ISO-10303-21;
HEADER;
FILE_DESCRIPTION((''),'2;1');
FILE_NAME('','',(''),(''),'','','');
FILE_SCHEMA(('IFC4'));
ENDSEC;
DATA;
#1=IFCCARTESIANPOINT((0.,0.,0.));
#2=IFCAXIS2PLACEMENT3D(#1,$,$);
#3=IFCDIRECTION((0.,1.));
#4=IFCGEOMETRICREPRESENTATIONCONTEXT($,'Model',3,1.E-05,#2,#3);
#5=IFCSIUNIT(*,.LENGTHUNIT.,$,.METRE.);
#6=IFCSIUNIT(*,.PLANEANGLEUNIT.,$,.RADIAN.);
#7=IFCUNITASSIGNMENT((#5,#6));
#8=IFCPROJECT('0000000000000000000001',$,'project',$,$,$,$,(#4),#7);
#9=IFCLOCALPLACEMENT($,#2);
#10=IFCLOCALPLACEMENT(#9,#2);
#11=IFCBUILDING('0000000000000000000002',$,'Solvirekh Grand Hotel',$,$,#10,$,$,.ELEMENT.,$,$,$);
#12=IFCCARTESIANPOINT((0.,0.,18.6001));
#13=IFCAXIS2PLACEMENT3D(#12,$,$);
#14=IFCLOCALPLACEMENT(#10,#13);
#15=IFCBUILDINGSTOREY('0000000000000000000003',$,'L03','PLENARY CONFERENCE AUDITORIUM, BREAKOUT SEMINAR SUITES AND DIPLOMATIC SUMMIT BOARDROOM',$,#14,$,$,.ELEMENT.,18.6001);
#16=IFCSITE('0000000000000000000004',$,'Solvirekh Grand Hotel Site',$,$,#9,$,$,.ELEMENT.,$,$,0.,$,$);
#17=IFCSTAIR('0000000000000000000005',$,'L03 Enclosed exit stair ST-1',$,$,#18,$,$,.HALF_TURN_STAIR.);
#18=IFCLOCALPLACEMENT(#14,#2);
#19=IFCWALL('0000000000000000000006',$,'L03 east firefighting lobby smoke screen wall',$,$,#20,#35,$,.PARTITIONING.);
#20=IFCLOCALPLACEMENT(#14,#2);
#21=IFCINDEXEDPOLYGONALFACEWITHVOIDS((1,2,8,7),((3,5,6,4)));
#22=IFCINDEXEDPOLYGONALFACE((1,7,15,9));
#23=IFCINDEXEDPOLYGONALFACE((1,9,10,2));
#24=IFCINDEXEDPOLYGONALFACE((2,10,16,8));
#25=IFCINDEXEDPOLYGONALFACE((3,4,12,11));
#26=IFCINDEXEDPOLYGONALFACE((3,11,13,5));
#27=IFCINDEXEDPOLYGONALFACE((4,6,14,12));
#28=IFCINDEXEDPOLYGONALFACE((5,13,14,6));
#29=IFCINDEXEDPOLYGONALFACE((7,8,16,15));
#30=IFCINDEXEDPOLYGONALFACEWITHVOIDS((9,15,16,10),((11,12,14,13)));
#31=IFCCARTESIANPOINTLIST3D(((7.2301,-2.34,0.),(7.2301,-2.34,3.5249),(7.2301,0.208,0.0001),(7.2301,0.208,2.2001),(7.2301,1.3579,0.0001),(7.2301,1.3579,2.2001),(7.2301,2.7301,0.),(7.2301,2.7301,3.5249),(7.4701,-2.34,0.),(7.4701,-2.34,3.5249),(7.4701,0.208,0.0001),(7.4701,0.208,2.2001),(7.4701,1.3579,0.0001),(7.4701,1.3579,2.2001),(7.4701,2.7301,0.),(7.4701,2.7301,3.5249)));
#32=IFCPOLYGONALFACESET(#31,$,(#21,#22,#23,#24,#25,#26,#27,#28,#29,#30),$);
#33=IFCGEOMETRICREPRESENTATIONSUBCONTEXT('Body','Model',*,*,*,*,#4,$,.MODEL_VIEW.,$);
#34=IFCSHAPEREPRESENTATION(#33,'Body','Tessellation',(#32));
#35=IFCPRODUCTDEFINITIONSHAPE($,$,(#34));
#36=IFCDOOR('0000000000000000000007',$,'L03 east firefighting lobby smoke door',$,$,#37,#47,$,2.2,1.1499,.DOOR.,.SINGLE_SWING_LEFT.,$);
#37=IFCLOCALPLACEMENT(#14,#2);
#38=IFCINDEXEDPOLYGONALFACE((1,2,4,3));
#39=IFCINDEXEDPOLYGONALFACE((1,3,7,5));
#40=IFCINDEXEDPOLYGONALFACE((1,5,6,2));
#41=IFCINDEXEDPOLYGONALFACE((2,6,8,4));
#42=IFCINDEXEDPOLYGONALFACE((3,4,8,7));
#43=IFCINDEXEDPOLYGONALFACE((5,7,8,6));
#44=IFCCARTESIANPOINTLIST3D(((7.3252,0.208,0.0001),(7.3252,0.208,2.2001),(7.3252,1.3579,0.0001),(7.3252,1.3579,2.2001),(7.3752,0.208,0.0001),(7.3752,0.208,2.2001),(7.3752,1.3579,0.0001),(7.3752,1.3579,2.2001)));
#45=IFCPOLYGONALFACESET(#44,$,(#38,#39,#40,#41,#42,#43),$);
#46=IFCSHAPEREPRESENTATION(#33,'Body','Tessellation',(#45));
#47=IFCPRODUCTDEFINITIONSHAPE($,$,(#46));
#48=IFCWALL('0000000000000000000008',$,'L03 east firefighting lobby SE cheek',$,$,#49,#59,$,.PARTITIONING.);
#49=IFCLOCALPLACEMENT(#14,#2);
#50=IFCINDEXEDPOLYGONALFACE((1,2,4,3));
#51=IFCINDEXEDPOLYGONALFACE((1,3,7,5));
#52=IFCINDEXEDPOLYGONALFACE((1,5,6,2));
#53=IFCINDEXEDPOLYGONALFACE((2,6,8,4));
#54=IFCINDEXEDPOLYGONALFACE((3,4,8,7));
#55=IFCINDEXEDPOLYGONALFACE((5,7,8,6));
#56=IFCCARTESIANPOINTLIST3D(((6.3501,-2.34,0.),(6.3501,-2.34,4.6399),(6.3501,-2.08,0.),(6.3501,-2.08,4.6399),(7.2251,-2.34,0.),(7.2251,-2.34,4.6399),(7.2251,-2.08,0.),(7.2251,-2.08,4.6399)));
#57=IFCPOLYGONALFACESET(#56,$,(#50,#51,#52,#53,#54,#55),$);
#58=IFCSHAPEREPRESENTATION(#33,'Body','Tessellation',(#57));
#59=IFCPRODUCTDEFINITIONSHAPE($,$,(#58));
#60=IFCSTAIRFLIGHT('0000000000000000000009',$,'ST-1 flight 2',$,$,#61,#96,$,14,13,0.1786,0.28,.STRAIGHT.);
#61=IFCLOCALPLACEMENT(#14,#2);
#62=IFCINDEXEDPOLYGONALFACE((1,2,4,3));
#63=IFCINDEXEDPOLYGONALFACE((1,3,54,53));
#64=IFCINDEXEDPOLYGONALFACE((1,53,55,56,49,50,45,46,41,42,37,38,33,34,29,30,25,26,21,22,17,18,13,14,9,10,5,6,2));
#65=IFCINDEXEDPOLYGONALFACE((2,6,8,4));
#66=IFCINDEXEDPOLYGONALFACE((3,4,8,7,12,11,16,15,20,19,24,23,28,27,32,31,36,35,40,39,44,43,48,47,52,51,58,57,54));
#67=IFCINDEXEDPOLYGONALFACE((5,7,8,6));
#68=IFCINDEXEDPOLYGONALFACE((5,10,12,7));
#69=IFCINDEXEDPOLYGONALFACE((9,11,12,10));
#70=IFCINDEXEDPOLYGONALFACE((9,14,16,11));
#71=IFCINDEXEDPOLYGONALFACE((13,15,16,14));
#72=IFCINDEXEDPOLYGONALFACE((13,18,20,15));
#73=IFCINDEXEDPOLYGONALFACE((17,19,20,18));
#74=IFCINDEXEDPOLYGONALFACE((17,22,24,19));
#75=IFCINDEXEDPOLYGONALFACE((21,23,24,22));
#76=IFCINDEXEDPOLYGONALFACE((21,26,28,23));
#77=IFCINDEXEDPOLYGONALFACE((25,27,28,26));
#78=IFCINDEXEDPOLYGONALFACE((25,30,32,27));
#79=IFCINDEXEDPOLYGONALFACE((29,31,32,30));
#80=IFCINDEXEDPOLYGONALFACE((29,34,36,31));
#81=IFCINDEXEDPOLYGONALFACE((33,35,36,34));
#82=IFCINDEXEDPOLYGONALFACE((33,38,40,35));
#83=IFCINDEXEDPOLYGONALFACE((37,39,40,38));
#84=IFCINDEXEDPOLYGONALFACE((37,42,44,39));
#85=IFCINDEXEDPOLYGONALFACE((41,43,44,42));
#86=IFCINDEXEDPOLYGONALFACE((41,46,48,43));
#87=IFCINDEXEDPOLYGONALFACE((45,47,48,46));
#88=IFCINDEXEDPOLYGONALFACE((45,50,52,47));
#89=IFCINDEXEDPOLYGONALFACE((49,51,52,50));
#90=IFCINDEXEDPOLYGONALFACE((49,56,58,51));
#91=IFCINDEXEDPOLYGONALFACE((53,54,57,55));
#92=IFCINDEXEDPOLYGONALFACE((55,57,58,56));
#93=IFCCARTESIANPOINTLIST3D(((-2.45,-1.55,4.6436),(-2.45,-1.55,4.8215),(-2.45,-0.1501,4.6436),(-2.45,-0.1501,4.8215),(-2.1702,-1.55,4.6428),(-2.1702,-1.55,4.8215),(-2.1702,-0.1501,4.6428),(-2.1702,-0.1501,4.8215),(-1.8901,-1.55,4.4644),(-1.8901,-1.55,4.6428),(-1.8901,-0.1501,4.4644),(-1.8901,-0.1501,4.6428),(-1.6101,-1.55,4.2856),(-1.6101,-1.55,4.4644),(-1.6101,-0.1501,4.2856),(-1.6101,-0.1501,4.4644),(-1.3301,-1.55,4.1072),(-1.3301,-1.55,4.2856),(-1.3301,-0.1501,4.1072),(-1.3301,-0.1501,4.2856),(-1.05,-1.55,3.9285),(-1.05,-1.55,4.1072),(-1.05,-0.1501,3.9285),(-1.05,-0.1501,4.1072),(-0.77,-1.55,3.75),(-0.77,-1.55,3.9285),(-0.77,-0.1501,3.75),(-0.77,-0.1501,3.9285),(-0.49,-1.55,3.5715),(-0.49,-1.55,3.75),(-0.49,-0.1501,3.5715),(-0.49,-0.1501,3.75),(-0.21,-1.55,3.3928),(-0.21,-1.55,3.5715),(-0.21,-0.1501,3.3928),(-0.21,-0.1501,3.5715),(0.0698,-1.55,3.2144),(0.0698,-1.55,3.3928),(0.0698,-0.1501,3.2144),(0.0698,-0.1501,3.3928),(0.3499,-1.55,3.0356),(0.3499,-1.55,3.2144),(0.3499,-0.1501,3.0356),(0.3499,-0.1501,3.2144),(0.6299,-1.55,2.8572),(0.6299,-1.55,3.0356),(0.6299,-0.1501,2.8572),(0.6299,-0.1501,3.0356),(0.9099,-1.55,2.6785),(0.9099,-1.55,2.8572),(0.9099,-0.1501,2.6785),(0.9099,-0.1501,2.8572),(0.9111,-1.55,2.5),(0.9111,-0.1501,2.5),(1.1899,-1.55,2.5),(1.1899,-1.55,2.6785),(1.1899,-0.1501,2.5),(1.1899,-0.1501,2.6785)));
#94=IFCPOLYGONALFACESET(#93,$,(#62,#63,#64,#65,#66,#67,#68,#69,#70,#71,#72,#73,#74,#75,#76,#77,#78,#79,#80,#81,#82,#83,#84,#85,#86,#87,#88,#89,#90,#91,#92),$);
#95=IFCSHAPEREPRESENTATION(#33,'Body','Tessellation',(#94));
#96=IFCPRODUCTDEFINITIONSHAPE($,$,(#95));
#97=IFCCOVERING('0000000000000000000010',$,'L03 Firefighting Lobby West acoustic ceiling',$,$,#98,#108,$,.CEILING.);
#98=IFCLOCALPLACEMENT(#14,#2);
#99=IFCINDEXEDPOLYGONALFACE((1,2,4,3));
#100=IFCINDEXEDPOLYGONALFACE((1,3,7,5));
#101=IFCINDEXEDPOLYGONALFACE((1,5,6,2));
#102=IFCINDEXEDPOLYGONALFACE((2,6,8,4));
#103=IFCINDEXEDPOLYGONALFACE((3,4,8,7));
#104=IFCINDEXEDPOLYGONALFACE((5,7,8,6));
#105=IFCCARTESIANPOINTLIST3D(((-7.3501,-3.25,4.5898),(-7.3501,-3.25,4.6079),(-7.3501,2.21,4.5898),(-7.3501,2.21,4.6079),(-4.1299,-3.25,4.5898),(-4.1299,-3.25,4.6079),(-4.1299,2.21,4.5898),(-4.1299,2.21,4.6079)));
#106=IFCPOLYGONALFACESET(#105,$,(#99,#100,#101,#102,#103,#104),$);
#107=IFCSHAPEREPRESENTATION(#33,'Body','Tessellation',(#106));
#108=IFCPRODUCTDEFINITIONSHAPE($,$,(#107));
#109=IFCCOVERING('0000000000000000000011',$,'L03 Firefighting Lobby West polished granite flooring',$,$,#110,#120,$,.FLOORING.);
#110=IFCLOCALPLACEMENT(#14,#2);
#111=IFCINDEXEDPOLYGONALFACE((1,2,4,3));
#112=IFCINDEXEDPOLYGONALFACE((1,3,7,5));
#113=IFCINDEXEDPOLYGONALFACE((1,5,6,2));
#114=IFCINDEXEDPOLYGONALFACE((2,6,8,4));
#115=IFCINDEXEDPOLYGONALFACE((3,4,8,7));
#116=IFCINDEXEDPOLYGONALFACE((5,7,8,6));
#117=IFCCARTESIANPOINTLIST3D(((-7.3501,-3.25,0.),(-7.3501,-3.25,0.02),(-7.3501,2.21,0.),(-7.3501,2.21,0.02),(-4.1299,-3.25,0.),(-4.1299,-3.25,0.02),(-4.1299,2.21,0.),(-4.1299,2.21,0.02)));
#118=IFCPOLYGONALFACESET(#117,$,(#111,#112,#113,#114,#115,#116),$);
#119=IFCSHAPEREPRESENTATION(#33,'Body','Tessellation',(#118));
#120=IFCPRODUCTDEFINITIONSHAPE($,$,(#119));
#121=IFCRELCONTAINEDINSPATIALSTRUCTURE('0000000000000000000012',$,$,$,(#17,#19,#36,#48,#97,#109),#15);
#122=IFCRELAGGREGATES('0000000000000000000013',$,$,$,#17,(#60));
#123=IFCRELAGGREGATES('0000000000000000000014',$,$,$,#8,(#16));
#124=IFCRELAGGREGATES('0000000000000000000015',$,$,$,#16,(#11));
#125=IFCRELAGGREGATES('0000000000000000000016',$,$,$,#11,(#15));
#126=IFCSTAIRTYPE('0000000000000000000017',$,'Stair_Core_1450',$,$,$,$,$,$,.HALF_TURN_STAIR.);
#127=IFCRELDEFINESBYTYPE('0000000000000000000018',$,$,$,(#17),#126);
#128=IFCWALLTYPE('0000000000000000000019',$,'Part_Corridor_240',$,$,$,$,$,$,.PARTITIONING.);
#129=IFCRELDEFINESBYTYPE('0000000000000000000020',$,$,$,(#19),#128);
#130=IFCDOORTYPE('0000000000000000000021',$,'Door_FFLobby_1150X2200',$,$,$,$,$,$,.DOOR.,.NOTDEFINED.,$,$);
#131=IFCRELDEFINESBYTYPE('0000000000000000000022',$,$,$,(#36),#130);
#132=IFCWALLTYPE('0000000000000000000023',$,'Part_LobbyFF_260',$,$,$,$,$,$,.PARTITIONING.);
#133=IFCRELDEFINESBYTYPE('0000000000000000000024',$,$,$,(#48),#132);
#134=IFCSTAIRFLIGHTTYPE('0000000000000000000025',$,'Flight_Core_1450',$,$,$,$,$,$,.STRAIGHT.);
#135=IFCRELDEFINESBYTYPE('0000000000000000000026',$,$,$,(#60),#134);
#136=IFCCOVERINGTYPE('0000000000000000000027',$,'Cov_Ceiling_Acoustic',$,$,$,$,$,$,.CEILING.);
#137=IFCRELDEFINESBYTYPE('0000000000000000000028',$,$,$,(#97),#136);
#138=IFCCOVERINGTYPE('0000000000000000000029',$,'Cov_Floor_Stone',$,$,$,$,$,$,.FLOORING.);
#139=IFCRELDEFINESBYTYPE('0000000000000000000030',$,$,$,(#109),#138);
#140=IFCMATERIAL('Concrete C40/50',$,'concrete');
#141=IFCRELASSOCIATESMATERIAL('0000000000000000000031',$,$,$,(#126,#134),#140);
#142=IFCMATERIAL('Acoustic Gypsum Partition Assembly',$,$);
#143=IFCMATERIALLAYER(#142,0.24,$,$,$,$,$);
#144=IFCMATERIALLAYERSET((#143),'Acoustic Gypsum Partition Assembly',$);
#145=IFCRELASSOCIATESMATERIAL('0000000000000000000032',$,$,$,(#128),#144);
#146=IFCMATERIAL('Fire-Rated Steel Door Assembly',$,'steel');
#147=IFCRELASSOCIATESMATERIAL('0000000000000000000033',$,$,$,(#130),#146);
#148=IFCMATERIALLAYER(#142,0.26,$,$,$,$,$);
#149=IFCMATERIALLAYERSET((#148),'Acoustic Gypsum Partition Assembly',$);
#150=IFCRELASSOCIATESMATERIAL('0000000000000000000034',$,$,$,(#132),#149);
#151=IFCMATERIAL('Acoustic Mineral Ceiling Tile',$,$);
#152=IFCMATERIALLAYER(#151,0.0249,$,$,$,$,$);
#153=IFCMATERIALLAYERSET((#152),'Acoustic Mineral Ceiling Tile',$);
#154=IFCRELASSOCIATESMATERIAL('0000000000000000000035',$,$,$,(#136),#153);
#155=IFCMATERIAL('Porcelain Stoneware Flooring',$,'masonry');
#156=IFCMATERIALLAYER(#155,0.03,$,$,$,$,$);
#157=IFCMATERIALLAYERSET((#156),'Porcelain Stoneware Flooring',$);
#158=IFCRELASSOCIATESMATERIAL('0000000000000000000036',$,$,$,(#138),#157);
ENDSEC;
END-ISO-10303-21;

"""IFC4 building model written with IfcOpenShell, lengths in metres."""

from ifc_helpers import new_model, si_unit, direction, frame, frame_2d, origin, place, context, subcontext, project, spatial, polyline, rectangle, outline, extrude, material, layer, layer_set, type_object, element, fill, aggregate, save


model = new_model("IFC4")

# Units and contexts
model_context = context("Model", 3, precision=1e-05, world=origin(), true_north=direction((0.0, 1.0)))
body_context = subcontext(model_context, "Body", "Model", "MODEL_VIEW")
ifc_project = project(units=[si_unit("LENGTHUNIT", "METRE"), si_unit("PLANEANGLEUNIT", "RADIAN")], contexts=[model_context])

# Site, building, storey
site_placement = place(None, origin())
site = spatial("IfcSite", under=ifc_project, at=site_placement, Name="Solvirekh Grand Hotel Site", CompositionType="ELEMENT", RefElevation=0.0)
building_placement = place(site_placement, origin())
building = spatial("IfcBuilding", under=site, at=building_placement, Name="Solvirekh Grand Hotel", CompositionType="ELEMENT")
storey_placement = place(building_placement, frame((0.0, 0.0, 18.6001)))
storey = spatial("IfcBuildingStorey", under=building, at=storey_placement, Name="L03", Description="PLENARY CONFERENCE AUDITORIUM, BREAKOUT SEMINAR SUITES AND DIPLOMATIC SUMMIT BOARDROOM", CompositionType="ELEMENT", Elevation=18.6001)

# Stair
ifc_material_1 = material(Name="Concrete C40/50", Category="concrete")
stair_type_1 = type_object("IfcStairType", Name="Stair_Core_1450", PredefinedType="HALF_TURN_STAIR", material=ifc_material_1)
stair_1_placement = place(storey_placement, origin())
stair_1 = element("IfcStair", 1, at=stair_1_placement, inside=storey, type_object=stair_type_1, Name="L03 Enclosed exit stair ST-1", PredefinedType="HALF_TURN_STAIR")

# Shared definitions
ifc_material_2 = material(Name="Fire-Rated Steel Door Assembly", Category="steel")

# Wall, opening, door
ifc_material_3 = material(Name="Acoustic Gypsum Partition Assembly")
ifc_layer_1 = layer(ifc_material_3, 0.24)
ifc_layer_set_1 = layer_set([ifc_layer_1], Name="Acoustic Gypsum Partition Assembly")
wall_type_1 = type_object("IfcWallType", Name="Part_Corridor_240", PredefinedType="PARTITIONING", material=ifc_layer_set_1)
wall_1_placement = place(storey_placement, frame((7.3501, -2.3401, 0.0), z_axis=(0.0, 0.0, 1.0), x_axis=(0.0, 1.0, 0.0)))
wall_1 = element("IfcWall", 2, at=wall_1_placement, inside=storey, type_object=wall_type_1, Name="L03 east firefighting lobby smoke screen wall", PredefinedType="PARTITIONING", context=body_context, shape_type="SweptSolid", body=[
    extrude(rectangle(XDim=5.0701, YDim=0.24, at=frame_2d((2.5352, 0.0))), origin(), (0.0, 0.0, 1.0), 3.5249),
])
opening_1_placement = place(wall_1_placement, frame((2.5481, 0.0, 0.0)))
opening_1 = element("IfcOpeningElement", 3, at=opening_1_placement, cuts=wall_1, PredefinedType="OPENING", context=body_context, shape_type="SweptSolid", body=[
    extrude(rectangle(XDim=1.1499, YDim=2.2, at=frame_2d((0.575, 1.1001))), frame((0.0, 0.1299, 0.0), z_axis=(0.0, -1.0, 0.0), x_axis=(1.0, 0.0, 0.0)), (0.0, 0.0, 1.0), 0.26),
])
door_type_1 = type_object("IfcDoorType", Name="Door_FFLobby_1150X2200", OperationType="NOTDEFINED", PredefinedType="DOOR", material=ifc_material_2)
door_1_placement = place(opening_1_placement, origin())
door_1 = element("IfcDoor", 4, at=door_1_placement, inside=storey, type_object=door_type_1, Name="L03 east firefighting lobby smoke door", OperationType="SINGLE_SWING_LEFT", OverallHeight=2.2, OverallWidth=1.1499, PredefinedType="DOOR", context=body_context, shape_type="SweptSolid", body=[
    extrude(rectangle(XDim=1.1499, YDim=2.2, at=frame_2d((0.575, 1.1001))), frame((0.0, 0.0249, 0.0), z_axis=(0.0, -1.0, 0.0), x_axis=(1.0, 0.0, 0.0)), (0.0, 0.0, 1.0), 0.05),
])
fill(opening_1, door_1)

# Wall
ifc_layer_2 = layer(ifc_material_3, 0.26)
ifc_layer_set_2 = layer_set([ifc_layer_2], Name="Acoustic Gypsum Partition Assembly")
wall_type_2 = type_object("IfcWallType", Name="Part_LobbyFF_260", PredefinedType="PARTITIONING", material=ifc_layer_set_2)
wall_2_placement = place(storey_placement, frame((6.3501, -2.21, 0.0), z_axis=(0.0, 0.0, 1.0), x_axis=(1.0, 0.0, 0.0)))
element("IfcWall", 5, at=wall_2_placement, inside=storey, type_object=wall_type_2, Name="L03 east firefighting lobby SE cheek", PredefinedType="PARTITIONING", context=body_context, shape_type="SweptSolid", body=[
    extrude(rectangle(XDim=0.875, YDim=0.26, at=frame_2d((0.4375, 0.0))), origin(), (0.0, 0.0, 1.0), 4.6399),
])

# Stair flight
stair_flight_type = type_object("IfcStairFlightType", Name="Flight_Core_1450", PredefinedType="STRAIGHT", material=ifc_material_1)
stair_flight_placement = place(storey_placement, frame((1.1899, -0.8501, 2.5), z_axis=(0.0, 0.0, 1.0), x_axis=(-1.0, 0.0, 0.0)))
stair_flight = element("IfcStairFlight", 6, at=stair_flight_placement, type_object=stair_flight_type, Name="ST-1 flight 2", NumberOfRisers=14, NumberOfTreads=13, PredefinedType="STRAIGHT", RiserHeight=0.1786, TreadLength=0.28, context=body_context, shape_type="SweptSolid", body=[
    extrude(outline(polyline([(0.0, 0.0), (0.0, 0.1785), (0.28, 0.1785), (0.28, 0.3572), (0.5601, 0.3572), (0.5601, 0.5356), (0.8401, 0.5356), (0.8401, 0.7144), (1.1201, 0.7144), (1.1201, 0.8928), (1.3999, 0.8928), (1.3999, 1.0715), (1.6799, 1.0715), (1.6799, 1.25), (1.96, 1.25), (1.96, 1.4285), (2.24, 1.4285), (2.24, 1.6072), (2.52, 1.6072), (2.52, 1.7856), (2.8, 1.7856), (2.8, 1.9644), (3.0801, 1.9644), (3.0801, 2.1428), (3.3601, 2.1428), (3.3601, 2.3215), (3.6399, 2.3215), (3.6399, 2.5), (3.6399, 2.1436), (0.2788, 0.0), (0.0, 0.0)])), frame((0.0, 0.7, 0.0), z_axis=(0.0, -1.0, 0.0), x_axis=(1.0, 0.0, 0.0)), (0.0, 0.0, 1.0), 1.3999),
])
aggregate(stair_1, [stair_flight])

# Coverings
ifc_material_4 = material(Name="Acoustic Mineral Ceiling Tile")
ifc_layer_3 = layer(ifc_material_4, 0.0249)
ifc_layer_set_3 = layer_set([ifc_layer_3], Name="Acoustic Mineral Ceiling Tile")
covering_type_1 = type_object("IfcCoveringType", Name="Cov_Ceiling_Acoustic", PredefinedType="CEILING", material=ifc_layer_set_3)
covering_1_placement = place(storey_placement, frame((0.0, 0.0, 4.5898)))
element("IfcCovering", 7, at=covering_1_placement, inside=storey, type_object=covering_type_1, Name="L03 Firefighting Lobby West acoustic ceiling", PredefinedType="CEILING", context=body_context, shape_type="SweptSolid", body=[
    extrude(outline(polyline([(-7.3501, -3.25), (-4.1299, -3.25), (-4.1299, 2.21), (-7.3501, 2.21), (-7.3501, -3.25)])), origin(), (0.0, 0.0, 1.0), 0.0181),
])
ifc_material_5 = material(Name="Porcelain Stoneware Flooring", Category="masonry")
ifc_layer_4 = layer(ifc_material_5, 0.03)
ifc_layer_set_4 = layer_set([ifc_layer_4], Name="Porcelain Stoneware Flooring")
covering_type_2 = type_object("IfcCoveringType", Name="Cov_Floor_Stone", PredefinedType="FLOORING", material=ifc_layer_set_4)
covering_2_placement = place(storey_placement, origin())
element("IfcCovering", 8, at=covering_2_placement, inside=storey, type_object=covering_type_2, Name="L03 Firefighting Lobby West polished granite flooring", PredefinedType="FLOORING", context=body_context, shape_type="SweptSolid", body=[
    extrude(outline(polyline([(-7.3501, -3.25), (-4.1299, -3.25), (-4.1299, 2.21), (-7.3501, 2.21), (-7.3501, -3.25)])), origin(), (0.0, 0.0, 1.0), 0.02),
])

save(model, "model.ifc")
